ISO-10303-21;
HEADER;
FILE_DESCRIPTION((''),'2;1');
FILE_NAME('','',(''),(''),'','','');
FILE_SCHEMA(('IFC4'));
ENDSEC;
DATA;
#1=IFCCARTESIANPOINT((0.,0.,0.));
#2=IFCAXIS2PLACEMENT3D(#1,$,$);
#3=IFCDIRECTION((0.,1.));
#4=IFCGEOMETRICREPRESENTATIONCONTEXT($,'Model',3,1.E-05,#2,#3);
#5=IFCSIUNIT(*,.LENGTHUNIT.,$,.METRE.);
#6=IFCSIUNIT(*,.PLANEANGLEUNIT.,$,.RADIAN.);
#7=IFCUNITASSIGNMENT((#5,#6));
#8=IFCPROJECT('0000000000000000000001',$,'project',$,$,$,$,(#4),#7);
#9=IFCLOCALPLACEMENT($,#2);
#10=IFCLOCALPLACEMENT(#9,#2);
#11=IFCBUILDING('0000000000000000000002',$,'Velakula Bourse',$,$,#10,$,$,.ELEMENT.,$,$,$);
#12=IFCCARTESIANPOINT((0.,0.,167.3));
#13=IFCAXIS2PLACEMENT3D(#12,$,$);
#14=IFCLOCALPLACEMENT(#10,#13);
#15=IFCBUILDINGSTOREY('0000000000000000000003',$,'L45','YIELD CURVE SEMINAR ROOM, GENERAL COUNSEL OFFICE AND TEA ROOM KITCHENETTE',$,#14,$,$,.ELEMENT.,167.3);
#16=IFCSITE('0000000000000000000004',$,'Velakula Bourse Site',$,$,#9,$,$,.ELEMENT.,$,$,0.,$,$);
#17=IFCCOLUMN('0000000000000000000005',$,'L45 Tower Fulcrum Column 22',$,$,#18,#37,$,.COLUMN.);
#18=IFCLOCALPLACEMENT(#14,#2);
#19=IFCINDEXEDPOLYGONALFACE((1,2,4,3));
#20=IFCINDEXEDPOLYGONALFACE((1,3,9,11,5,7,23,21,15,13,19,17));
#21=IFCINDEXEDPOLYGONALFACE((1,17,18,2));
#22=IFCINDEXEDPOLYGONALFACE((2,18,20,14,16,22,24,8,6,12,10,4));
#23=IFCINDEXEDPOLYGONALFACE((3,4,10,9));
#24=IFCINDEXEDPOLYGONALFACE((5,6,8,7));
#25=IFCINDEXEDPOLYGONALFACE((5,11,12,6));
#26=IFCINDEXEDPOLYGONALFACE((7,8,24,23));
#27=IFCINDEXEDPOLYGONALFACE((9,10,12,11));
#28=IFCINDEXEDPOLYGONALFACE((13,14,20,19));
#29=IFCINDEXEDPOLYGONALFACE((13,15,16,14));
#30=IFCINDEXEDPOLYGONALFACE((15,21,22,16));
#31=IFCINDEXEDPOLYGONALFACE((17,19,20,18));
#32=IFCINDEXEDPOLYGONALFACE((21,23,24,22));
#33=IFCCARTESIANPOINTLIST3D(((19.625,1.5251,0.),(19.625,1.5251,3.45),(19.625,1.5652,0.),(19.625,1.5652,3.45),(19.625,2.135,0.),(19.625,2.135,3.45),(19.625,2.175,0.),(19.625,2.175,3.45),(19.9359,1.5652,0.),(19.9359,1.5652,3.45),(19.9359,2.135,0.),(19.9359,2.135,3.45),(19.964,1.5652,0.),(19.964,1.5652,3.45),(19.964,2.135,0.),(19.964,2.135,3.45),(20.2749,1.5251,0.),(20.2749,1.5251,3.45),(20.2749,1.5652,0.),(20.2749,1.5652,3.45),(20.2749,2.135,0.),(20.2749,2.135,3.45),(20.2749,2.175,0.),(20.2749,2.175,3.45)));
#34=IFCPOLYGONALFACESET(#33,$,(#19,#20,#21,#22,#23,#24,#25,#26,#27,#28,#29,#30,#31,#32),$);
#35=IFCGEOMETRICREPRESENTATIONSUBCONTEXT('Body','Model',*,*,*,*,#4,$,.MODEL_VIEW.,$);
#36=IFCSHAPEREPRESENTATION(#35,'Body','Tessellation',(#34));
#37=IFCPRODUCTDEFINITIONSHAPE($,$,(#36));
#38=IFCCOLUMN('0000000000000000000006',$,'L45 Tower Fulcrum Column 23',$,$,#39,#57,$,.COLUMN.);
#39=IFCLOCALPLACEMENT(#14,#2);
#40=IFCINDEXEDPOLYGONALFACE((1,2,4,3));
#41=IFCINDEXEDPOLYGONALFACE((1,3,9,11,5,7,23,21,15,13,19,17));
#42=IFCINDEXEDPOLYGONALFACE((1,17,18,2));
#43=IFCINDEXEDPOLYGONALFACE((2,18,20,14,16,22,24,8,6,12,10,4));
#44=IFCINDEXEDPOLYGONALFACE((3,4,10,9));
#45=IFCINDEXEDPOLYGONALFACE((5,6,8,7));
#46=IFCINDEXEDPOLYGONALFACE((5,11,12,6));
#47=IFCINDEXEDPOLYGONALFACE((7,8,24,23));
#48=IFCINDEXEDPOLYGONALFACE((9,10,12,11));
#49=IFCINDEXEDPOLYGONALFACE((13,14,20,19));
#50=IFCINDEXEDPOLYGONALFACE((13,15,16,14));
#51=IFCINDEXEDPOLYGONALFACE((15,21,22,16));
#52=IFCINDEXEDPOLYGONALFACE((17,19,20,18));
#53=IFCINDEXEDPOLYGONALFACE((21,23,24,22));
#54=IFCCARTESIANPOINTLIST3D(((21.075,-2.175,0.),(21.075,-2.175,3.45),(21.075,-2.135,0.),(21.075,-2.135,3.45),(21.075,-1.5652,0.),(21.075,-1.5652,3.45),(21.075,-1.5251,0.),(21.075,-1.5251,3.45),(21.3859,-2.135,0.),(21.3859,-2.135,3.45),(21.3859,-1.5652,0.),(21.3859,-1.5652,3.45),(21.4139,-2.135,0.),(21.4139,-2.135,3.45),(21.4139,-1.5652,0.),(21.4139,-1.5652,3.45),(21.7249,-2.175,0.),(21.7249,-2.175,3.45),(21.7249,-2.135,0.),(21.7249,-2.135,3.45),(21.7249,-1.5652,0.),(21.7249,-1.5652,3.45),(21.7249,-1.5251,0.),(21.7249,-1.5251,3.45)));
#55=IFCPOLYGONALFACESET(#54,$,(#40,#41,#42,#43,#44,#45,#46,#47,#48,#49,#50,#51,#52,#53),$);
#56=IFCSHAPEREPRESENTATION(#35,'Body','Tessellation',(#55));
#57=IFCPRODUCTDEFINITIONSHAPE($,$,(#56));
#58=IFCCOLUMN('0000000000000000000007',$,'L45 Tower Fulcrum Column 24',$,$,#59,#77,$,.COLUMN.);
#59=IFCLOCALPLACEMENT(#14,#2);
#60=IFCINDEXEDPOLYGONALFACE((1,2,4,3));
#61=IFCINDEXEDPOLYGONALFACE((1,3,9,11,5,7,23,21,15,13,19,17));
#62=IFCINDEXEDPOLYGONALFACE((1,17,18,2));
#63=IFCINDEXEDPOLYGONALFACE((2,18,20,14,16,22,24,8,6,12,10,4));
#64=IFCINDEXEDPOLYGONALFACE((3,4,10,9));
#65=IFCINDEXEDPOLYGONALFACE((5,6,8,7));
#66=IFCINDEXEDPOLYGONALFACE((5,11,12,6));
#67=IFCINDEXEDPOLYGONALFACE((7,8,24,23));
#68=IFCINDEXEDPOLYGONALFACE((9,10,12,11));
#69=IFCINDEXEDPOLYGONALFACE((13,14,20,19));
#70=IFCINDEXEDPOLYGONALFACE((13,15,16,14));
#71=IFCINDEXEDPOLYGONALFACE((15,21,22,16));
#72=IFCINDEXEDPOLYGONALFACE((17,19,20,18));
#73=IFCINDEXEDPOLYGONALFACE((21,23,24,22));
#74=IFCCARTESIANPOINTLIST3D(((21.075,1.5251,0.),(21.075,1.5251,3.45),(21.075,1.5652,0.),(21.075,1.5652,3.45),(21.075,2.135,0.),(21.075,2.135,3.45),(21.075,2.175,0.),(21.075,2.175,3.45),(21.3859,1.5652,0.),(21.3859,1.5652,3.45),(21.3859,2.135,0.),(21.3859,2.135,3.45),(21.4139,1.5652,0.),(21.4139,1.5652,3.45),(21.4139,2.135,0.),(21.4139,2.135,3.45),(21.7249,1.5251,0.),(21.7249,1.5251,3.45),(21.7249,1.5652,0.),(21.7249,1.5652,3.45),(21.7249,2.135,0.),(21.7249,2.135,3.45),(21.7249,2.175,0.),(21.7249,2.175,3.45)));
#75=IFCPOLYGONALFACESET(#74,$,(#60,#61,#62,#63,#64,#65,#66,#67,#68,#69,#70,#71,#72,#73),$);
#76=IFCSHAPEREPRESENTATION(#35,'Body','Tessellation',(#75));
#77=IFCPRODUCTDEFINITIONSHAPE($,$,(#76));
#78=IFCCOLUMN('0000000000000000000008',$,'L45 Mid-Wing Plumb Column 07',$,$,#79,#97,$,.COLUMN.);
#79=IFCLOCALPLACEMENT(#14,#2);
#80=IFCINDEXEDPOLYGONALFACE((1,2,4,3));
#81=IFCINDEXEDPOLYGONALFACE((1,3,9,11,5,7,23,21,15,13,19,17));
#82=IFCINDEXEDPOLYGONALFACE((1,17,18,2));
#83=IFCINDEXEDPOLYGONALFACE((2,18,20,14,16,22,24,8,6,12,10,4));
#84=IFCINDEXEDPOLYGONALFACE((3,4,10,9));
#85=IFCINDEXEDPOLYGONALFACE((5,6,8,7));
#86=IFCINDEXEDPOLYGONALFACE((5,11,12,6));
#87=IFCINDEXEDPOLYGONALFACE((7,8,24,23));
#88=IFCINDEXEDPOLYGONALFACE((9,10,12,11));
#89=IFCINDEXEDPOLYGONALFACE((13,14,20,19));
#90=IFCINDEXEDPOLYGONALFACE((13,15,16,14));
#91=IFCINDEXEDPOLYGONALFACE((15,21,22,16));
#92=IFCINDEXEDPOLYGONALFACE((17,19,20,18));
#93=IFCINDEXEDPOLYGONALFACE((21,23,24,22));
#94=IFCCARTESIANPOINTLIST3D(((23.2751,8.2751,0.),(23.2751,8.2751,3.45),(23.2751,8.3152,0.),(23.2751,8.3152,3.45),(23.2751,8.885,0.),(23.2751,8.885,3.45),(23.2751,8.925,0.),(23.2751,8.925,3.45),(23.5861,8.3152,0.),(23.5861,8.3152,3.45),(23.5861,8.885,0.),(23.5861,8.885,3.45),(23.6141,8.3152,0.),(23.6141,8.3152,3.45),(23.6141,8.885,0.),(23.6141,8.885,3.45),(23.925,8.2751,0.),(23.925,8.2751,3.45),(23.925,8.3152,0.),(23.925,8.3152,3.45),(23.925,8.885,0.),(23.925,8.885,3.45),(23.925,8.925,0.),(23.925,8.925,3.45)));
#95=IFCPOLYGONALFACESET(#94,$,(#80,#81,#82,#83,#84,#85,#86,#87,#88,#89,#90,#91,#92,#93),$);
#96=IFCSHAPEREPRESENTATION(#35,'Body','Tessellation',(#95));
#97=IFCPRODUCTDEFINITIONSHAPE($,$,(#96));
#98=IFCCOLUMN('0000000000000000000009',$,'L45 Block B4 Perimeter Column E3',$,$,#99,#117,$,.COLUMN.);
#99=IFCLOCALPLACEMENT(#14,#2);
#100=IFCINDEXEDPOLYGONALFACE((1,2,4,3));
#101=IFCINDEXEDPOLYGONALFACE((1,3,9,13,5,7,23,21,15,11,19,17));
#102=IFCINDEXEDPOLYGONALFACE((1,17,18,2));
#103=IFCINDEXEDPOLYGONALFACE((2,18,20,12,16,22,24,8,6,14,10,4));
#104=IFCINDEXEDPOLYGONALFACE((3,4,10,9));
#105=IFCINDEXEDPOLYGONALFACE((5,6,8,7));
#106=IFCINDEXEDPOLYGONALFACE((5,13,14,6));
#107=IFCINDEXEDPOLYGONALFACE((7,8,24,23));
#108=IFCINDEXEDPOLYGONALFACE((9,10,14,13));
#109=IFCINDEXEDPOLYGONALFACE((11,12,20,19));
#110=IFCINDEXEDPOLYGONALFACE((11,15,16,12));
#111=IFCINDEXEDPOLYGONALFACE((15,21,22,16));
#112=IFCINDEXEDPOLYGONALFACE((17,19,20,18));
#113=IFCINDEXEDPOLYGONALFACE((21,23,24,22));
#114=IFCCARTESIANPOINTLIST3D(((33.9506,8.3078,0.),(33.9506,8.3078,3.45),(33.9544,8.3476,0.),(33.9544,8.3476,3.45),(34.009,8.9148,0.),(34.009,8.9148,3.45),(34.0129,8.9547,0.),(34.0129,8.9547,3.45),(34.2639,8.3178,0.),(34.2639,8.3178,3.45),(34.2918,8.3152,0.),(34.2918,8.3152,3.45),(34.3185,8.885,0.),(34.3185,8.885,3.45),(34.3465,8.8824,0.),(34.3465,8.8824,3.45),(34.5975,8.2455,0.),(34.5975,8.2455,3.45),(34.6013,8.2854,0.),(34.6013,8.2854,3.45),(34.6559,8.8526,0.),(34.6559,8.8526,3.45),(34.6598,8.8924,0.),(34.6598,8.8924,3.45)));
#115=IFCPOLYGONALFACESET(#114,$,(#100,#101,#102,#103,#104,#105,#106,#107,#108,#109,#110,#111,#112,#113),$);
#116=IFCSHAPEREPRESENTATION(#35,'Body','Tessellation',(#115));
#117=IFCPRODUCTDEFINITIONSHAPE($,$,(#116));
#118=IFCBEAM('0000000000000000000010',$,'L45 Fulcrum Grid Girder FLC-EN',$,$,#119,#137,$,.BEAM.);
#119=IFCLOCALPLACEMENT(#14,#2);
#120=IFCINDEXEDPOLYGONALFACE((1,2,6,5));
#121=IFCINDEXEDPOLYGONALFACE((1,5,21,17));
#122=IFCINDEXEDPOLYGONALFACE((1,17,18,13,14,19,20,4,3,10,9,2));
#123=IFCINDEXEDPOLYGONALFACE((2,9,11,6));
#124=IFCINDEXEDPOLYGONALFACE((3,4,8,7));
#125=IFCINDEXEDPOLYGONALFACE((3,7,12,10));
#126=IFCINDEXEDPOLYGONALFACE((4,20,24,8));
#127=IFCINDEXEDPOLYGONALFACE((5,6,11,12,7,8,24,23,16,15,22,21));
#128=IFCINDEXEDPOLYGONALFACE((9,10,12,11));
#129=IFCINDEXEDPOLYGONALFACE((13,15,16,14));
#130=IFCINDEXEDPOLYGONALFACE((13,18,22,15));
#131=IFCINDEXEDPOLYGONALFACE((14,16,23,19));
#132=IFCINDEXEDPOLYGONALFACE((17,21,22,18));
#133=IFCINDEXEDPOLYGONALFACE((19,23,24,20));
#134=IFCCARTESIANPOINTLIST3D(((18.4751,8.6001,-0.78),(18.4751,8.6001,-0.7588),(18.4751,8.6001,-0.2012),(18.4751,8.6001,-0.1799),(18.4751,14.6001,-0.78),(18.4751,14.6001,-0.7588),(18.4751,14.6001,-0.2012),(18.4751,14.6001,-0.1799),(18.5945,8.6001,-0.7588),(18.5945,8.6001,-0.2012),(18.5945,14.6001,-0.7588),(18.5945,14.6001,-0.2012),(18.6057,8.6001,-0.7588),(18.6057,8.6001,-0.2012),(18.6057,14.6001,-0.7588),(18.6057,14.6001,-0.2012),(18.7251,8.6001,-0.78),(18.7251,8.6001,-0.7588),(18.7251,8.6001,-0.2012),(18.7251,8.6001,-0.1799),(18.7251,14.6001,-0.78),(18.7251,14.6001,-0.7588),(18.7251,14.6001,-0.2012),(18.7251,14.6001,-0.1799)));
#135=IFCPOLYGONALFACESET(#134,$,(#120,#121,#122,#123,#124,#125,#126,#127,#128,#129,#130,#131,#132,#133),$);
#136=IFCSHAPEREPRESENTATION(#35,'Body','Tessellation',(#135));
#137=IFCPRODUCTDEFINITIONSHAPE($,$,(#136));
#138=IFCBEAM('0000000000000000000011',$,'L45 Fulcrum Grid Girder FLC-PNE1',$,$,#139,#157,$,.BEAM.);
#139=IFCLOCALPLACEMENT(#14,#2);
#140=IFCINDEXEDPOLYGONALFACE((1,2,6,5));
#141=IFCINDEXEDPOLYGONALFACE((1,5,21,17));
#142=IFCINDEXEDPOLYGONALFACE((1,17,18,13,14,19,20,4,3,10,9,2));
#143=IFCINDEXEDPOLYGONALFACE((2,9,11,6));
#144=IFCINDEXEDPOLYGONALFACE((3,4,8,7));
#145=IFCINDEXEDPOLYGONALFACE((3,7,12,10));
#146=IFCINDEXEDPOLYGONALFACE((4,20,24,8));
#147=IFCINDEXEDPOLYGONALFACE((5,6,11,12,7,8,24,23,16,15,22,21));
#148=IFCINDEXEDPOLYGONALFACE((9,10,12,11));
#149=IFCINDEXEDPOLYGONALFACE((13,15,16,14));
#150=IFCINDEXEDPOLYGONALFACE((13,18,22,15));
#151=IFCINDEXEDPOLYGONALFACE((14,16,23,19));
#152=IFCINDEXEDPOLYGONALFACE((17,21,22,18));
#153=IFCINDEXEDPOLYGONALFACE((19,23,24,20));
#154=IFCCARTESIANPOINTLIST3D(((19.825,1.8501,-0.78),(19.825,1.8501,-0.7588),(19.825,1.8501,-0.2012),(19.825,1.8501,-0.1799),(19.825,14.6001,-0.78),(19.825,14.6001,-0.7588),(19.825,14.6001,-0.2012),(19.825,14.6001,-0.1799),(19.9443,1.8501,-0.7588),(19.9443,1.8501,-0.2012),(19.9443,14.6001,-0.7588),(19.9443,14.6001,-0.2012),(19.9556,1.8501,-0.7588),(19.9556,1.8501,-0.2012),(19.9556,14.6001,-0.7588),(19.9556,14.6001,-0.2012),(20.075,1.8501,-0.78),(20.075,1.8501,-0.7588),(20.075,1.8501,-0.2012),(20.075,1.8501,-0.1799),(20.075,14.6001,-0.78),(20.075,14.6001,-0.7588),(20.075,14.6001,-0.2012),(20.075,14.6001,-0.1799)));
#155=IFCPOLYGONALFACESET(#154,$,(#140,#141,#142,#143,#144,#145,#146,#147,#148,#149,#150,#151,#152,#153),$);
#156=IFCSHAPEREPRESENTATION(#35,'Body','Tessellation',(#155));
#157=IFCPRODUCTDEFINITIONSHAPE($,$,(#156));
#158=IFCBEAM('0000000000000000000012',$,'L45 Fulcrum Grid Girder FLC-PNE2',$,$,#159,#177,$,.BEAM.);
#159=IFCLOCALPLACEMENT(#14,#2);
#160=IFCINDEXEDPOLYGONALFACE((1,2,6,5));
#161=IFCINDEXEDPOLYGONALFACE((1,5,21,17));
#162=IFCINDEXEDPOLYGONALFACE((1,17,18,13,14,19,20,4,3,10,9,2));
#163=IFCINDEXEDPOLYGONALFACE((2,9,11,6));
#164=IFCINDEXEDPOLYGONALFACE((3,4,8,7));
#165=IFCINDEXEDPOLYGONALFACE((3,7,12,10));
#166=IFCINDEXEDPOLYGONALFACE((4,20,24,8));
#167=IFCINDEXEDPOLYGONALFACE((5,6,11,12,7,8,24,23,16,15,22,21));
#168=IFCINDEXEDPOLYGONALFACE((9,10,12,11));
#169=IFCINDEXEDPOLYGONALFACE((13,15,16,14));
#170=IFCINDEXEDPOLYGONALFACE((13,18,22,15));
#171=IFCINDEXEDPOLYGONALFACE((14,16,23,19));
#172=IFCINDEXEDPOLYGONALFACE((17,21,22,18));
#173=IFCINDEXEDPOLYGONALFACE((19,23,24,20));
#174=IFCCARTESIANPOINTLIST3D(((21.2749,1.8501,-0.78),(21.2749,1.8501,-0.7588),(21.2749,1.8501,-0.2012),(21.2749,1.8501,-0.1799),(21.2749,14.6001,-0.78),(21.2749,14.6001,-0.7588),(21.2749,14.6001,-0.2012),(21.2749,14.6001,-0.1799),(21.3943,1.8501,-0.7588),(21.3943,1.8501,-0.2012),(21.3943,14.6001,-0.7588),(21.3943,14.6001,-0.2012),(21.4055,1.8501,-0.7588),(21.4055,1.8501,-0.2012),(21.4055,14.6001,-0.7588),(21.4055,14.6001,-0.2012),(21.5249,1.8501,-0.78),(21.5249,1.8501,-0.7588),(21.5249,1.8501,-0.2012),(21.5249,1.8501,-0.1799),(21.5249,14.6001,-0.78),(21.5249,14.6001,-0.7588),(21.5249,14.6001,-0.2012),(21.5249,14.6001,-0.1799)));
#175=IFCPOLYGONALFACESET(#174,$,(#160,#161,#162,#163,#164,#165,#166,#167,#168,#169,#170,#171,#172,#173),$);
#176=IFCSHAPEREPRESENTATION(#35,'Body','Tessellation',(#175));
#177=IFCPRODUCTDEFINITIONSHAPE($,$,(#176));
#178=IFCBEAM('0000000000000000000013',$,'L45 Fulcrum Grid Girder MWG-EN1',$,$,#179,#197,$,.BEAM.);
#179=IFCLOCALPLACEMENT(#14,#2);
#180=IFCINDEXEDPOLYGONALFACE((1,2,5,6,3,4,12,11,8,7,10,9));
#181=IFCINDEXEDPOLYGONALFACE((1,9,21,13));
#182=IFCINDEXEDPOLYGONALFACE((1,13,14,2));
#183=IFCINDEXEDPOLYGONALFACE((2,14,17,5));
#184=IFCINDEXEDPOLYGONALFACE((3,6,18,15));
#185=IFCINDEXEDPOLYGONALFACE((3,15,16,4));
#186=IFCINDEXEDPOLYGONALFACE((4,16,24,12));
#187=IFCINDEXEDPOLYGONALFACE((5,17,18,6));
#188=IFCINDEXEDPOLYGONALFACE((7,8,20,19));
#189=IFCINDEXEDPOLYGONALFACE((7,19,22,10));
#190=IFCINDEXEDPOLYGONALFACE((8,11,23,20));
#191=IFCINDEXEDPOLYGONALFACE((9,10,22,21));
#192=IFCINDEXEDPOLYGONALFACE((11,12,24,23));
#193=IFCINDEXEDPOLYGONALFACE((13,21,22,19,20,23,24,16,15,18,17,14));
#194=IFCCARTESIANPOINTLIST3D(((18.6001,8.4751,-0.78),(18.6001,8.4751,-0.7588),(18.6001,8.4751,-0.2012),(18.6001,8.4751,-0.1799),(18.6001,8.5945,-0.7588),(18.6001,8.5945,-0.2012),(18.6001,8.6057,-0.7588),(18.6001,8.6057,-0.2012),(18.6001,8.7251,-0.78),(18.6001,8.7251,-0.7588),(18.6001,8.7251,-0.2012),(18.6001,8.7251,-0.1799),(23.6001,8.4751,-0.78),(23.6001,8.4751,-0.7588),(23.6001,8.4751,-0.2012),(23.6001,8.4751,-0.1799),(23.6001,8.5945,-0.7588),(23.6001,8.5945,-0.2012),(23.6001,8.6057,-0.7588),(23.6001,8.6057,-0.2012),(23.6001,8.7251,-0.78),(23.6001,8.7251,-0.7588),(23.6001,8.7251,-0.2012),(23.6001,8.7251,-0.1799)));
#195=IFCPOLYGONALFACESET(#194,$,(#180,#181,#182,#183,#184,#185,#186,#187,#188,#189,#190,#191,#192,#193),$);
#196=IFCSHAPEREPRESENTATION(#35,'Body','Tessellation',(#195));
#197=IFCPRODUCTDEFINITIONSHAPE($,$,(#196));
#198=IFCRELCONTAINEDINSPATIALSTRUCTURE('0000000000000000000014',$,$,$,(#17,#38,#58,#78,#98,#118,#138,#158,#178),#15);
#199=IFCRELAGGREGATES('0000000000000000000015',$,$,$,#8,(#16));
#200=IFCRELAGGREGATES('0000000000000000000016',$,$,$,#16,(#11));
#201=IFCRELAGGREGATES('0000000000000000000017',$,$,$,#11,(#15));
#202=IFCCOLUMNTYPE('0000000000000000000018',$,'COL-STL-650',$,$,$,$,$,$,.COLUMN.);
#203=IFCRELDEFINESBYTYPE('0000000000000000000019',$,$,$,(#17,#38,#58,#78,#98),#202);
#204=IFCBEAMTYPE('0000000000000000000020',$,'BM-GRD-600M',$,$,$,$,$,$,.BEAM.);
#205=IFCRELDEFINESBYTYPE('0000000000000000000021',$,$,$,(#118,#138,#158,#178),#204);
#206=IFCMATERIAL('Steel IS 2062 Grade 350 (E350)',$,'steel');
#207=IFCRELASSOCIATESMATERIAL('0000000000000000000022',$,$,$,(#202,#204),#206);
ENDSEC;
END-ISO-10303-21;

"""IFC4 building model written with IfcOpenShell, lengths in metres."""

from ifc_helpers import new_model, si_unit, direction, frame, origin, origin_2d, place, context, subcontext, project, spatial, i_section, extrude, material, material_profile, profile_set, type_object, element, save


model = new_model("IFC4")

# Units and contexts
model_context = context("Model", 3, precision=1e-05, world=origin(), true_north=direction((0.0, 1.0)))
body_context = subcontext(model_context, "Body", "Model", "MODEL_VIEW")
ifc_project = project(units=[si_unit("LENGTHUNIT", "METRE"), si_unit("PLANEANGLEUNIT", "RADIAN")], contexts=[model_context])

# Site, building, storey
site_placement = place(None, origin())
site = spatial("IfcSite", under=ifc_project, at=site_placement, Name="Velakula Bourse Site", CompositionType="ELEMENT", RefElevation=0.0)
building_placement = place(site_placement, origin())
building = spatial("IfcBuilding", under=site, at=building_placement, Name="Velakula Bourse", CompositionType="ELEMENT")
storey_placement = place(building_placement, frame((0.0, 0.0, 167.3)))
storey = spatial("IfcBuildingStorey", under=building, at=storey_placement, Name="L45", Description="YIELD CURVE SEMINAR ROOM, GENERAL COUNSEL OFFICE AND TEA ROOM KITCHENETTE", CompositionType="ELEMENT", Elevation=167.3)

# Columns
ifc_material_1 = material(Name="Steel IS 2062 Grade 350 (E350)", Category="steel")
ifc_material_profile_1 = material_profile(ifc_material_1, i_section(OverallWidth=0.6499, OverallDepth=0.6499, WebThickness=0.0281, FlangeThickness=0.04, at=origin_2d()), Name="Steel IS 2062 Grade 350 (E350)")
ifc_profile_set_1 = profile_set([ifc_material_profile_1], Name="Steel IS 2062 Grade 350 (E350)")
column_type = type_object("IfcColumnType", Name="COL-STL-650", PredefinedType="COLUMN", material=ifc_profile_set_1)
for number, where, z_axis, x_axis, name in (
    (1, (19.95, 1.8501, 0.0), (0.0, 0.0, 1.0), (1.0, 0.0, 0.0), "L45 Tower Fulcrum Column 22"),
    (2, (21.3999, -1.8501, 0.0), (0.0, 0.0, 1.0), (1.0, 0.0, 0.0), "L45 Tower Fulcrum Column 23"),
    (3, (21.3999, 1.8501, 0.0), (0.0, 0.0, 1.0), (1.0, 0.0, 0.0), "L45 Tower Fulcrum Column 24"),
    (4, (23.6001, 8.6001, 0.0), (0.0, 0.0, 1.0), (1.0, 0.0, 0.0), "L45 Mid-Wing Plumb Column 07"),
    (5, (34.3052, 8.6001, 0.0), (0.0, 0.0, 1.0), (0.995396, -0.095846, 0.0), "L45 Block B4 Perimeter Column E3"),
):
    element("IfcColumn", number, at=place(storey_placement, frame(where, z_axis=z_axis, x_axis=x_axis)), inside=storey, type_object=column_type, Name=name, PredefinedType="COLUMN", context=body_context, shape_type="SweptSolid", body=[
        extrude(i_section(OverallWidth=0.6499, OverallDepth=0.6499, WebThickness=0.0281, FlangeThickness=0.04, at=origin_2d()), origin(), (0.0, 0.0, 1.0), 3.45),
    ])

# Beams
ifc_material_profile_2 = material_profile(ifc_material_1, i_section(OverallWidth=0.25, OverallDepth=0.6001, WebThickness=0.0112, FlangeThickness=0.0212, at=origin_2d()), Name="Steel IS 2062 Grade 350 (E350)")
ifc_profile_set_2 = profile_set([ifc_material_profile_2], Name="Steel IS 2062 Grade 350 (E350)")
beam_type_1 = type_object("IfcBeamType", Name="BM-GRD-600M", PredefinedType="BEAM", material=ifc_profile_set_2)
beam_1_placement = place(storey_placement, frame((18.6001, 8.6001, -0.48), z_axis=(0.0, 1.0, 0.0), x_axis=(-1.0, 0.0, 0.0)))
element("IfcBeam", 6, at=beam_1_placement, inside=storey, type_object=beam_type_1, Name="L45 Fulcrum Grid Girder FLC-EN", PredefinedType="BEAM", context=body_context, shape_type="SweptSolid", body=[
    extrude(i_section(OverallWidth=0.25, OverallDepth=0.6001, WebThickness=0.0112, FlangeThickness=0.0212, at=origin_2d()), origin(), (0.0, 0.0, 1.0), 6.0),
])
for number, where, z_axis, x_axis, name in (
    (7, (19.95, 1.8501, -0.48), (0.0, 1.0, 0.0), (-1.0, 0.0, 0.0), "L45 Fulcrum Grid Girder FLC-PNE1"),
    (8, (21.3999, 1.8501, -0.48), (0.0, 1.0, 0.0), (-1.0, 0.0, 0.0), "L45 Fulcrum Grid Girder FLC-PNE2"),
):
    element("IfcBeam", number, at=place(storey_placement, frame(where, z_axis=z_axis, x_axis=x_axis)), inside=storey, type_object=beam_type_1, Name=name, PredefinedType="BEAM", context=body_context, shape_type="SweptSolid", body=[
        extrude(i_section(OverallWidth=0.25, OverallDepth=0.6001, WebThickness=0.0112, FlangeThickness=0.0212, at=origin_2d()), origin(), (0.0, 0.0, 1.0), 12.75),
    ])
beam_2_placement = place(storey_placement, frame((18.6001, 8.6001, -0.48), z_axis=(1.0, 0.0, 0.0), x_axis=(0.0, 1.0, 0.0)))
element("IfcBeam", 9, at=beam_2_placement, inside=storey, type_object=beam_type_1, Name="L45 Fulcrum Grid Girder MWG-EN1", PredefinedType="BEAM", context=body_context, shape_type="SweptSolid", body=[
    extrude(i_section(OverallWidth=0.25, OverallDepth=0.6001, WebThickness=0.0112, FlangeThickness=0.0212, at=origin_2d()), origin(), (0.0, 0.0, 1.0), 5.0),
])

save(model, "model.ifc")
